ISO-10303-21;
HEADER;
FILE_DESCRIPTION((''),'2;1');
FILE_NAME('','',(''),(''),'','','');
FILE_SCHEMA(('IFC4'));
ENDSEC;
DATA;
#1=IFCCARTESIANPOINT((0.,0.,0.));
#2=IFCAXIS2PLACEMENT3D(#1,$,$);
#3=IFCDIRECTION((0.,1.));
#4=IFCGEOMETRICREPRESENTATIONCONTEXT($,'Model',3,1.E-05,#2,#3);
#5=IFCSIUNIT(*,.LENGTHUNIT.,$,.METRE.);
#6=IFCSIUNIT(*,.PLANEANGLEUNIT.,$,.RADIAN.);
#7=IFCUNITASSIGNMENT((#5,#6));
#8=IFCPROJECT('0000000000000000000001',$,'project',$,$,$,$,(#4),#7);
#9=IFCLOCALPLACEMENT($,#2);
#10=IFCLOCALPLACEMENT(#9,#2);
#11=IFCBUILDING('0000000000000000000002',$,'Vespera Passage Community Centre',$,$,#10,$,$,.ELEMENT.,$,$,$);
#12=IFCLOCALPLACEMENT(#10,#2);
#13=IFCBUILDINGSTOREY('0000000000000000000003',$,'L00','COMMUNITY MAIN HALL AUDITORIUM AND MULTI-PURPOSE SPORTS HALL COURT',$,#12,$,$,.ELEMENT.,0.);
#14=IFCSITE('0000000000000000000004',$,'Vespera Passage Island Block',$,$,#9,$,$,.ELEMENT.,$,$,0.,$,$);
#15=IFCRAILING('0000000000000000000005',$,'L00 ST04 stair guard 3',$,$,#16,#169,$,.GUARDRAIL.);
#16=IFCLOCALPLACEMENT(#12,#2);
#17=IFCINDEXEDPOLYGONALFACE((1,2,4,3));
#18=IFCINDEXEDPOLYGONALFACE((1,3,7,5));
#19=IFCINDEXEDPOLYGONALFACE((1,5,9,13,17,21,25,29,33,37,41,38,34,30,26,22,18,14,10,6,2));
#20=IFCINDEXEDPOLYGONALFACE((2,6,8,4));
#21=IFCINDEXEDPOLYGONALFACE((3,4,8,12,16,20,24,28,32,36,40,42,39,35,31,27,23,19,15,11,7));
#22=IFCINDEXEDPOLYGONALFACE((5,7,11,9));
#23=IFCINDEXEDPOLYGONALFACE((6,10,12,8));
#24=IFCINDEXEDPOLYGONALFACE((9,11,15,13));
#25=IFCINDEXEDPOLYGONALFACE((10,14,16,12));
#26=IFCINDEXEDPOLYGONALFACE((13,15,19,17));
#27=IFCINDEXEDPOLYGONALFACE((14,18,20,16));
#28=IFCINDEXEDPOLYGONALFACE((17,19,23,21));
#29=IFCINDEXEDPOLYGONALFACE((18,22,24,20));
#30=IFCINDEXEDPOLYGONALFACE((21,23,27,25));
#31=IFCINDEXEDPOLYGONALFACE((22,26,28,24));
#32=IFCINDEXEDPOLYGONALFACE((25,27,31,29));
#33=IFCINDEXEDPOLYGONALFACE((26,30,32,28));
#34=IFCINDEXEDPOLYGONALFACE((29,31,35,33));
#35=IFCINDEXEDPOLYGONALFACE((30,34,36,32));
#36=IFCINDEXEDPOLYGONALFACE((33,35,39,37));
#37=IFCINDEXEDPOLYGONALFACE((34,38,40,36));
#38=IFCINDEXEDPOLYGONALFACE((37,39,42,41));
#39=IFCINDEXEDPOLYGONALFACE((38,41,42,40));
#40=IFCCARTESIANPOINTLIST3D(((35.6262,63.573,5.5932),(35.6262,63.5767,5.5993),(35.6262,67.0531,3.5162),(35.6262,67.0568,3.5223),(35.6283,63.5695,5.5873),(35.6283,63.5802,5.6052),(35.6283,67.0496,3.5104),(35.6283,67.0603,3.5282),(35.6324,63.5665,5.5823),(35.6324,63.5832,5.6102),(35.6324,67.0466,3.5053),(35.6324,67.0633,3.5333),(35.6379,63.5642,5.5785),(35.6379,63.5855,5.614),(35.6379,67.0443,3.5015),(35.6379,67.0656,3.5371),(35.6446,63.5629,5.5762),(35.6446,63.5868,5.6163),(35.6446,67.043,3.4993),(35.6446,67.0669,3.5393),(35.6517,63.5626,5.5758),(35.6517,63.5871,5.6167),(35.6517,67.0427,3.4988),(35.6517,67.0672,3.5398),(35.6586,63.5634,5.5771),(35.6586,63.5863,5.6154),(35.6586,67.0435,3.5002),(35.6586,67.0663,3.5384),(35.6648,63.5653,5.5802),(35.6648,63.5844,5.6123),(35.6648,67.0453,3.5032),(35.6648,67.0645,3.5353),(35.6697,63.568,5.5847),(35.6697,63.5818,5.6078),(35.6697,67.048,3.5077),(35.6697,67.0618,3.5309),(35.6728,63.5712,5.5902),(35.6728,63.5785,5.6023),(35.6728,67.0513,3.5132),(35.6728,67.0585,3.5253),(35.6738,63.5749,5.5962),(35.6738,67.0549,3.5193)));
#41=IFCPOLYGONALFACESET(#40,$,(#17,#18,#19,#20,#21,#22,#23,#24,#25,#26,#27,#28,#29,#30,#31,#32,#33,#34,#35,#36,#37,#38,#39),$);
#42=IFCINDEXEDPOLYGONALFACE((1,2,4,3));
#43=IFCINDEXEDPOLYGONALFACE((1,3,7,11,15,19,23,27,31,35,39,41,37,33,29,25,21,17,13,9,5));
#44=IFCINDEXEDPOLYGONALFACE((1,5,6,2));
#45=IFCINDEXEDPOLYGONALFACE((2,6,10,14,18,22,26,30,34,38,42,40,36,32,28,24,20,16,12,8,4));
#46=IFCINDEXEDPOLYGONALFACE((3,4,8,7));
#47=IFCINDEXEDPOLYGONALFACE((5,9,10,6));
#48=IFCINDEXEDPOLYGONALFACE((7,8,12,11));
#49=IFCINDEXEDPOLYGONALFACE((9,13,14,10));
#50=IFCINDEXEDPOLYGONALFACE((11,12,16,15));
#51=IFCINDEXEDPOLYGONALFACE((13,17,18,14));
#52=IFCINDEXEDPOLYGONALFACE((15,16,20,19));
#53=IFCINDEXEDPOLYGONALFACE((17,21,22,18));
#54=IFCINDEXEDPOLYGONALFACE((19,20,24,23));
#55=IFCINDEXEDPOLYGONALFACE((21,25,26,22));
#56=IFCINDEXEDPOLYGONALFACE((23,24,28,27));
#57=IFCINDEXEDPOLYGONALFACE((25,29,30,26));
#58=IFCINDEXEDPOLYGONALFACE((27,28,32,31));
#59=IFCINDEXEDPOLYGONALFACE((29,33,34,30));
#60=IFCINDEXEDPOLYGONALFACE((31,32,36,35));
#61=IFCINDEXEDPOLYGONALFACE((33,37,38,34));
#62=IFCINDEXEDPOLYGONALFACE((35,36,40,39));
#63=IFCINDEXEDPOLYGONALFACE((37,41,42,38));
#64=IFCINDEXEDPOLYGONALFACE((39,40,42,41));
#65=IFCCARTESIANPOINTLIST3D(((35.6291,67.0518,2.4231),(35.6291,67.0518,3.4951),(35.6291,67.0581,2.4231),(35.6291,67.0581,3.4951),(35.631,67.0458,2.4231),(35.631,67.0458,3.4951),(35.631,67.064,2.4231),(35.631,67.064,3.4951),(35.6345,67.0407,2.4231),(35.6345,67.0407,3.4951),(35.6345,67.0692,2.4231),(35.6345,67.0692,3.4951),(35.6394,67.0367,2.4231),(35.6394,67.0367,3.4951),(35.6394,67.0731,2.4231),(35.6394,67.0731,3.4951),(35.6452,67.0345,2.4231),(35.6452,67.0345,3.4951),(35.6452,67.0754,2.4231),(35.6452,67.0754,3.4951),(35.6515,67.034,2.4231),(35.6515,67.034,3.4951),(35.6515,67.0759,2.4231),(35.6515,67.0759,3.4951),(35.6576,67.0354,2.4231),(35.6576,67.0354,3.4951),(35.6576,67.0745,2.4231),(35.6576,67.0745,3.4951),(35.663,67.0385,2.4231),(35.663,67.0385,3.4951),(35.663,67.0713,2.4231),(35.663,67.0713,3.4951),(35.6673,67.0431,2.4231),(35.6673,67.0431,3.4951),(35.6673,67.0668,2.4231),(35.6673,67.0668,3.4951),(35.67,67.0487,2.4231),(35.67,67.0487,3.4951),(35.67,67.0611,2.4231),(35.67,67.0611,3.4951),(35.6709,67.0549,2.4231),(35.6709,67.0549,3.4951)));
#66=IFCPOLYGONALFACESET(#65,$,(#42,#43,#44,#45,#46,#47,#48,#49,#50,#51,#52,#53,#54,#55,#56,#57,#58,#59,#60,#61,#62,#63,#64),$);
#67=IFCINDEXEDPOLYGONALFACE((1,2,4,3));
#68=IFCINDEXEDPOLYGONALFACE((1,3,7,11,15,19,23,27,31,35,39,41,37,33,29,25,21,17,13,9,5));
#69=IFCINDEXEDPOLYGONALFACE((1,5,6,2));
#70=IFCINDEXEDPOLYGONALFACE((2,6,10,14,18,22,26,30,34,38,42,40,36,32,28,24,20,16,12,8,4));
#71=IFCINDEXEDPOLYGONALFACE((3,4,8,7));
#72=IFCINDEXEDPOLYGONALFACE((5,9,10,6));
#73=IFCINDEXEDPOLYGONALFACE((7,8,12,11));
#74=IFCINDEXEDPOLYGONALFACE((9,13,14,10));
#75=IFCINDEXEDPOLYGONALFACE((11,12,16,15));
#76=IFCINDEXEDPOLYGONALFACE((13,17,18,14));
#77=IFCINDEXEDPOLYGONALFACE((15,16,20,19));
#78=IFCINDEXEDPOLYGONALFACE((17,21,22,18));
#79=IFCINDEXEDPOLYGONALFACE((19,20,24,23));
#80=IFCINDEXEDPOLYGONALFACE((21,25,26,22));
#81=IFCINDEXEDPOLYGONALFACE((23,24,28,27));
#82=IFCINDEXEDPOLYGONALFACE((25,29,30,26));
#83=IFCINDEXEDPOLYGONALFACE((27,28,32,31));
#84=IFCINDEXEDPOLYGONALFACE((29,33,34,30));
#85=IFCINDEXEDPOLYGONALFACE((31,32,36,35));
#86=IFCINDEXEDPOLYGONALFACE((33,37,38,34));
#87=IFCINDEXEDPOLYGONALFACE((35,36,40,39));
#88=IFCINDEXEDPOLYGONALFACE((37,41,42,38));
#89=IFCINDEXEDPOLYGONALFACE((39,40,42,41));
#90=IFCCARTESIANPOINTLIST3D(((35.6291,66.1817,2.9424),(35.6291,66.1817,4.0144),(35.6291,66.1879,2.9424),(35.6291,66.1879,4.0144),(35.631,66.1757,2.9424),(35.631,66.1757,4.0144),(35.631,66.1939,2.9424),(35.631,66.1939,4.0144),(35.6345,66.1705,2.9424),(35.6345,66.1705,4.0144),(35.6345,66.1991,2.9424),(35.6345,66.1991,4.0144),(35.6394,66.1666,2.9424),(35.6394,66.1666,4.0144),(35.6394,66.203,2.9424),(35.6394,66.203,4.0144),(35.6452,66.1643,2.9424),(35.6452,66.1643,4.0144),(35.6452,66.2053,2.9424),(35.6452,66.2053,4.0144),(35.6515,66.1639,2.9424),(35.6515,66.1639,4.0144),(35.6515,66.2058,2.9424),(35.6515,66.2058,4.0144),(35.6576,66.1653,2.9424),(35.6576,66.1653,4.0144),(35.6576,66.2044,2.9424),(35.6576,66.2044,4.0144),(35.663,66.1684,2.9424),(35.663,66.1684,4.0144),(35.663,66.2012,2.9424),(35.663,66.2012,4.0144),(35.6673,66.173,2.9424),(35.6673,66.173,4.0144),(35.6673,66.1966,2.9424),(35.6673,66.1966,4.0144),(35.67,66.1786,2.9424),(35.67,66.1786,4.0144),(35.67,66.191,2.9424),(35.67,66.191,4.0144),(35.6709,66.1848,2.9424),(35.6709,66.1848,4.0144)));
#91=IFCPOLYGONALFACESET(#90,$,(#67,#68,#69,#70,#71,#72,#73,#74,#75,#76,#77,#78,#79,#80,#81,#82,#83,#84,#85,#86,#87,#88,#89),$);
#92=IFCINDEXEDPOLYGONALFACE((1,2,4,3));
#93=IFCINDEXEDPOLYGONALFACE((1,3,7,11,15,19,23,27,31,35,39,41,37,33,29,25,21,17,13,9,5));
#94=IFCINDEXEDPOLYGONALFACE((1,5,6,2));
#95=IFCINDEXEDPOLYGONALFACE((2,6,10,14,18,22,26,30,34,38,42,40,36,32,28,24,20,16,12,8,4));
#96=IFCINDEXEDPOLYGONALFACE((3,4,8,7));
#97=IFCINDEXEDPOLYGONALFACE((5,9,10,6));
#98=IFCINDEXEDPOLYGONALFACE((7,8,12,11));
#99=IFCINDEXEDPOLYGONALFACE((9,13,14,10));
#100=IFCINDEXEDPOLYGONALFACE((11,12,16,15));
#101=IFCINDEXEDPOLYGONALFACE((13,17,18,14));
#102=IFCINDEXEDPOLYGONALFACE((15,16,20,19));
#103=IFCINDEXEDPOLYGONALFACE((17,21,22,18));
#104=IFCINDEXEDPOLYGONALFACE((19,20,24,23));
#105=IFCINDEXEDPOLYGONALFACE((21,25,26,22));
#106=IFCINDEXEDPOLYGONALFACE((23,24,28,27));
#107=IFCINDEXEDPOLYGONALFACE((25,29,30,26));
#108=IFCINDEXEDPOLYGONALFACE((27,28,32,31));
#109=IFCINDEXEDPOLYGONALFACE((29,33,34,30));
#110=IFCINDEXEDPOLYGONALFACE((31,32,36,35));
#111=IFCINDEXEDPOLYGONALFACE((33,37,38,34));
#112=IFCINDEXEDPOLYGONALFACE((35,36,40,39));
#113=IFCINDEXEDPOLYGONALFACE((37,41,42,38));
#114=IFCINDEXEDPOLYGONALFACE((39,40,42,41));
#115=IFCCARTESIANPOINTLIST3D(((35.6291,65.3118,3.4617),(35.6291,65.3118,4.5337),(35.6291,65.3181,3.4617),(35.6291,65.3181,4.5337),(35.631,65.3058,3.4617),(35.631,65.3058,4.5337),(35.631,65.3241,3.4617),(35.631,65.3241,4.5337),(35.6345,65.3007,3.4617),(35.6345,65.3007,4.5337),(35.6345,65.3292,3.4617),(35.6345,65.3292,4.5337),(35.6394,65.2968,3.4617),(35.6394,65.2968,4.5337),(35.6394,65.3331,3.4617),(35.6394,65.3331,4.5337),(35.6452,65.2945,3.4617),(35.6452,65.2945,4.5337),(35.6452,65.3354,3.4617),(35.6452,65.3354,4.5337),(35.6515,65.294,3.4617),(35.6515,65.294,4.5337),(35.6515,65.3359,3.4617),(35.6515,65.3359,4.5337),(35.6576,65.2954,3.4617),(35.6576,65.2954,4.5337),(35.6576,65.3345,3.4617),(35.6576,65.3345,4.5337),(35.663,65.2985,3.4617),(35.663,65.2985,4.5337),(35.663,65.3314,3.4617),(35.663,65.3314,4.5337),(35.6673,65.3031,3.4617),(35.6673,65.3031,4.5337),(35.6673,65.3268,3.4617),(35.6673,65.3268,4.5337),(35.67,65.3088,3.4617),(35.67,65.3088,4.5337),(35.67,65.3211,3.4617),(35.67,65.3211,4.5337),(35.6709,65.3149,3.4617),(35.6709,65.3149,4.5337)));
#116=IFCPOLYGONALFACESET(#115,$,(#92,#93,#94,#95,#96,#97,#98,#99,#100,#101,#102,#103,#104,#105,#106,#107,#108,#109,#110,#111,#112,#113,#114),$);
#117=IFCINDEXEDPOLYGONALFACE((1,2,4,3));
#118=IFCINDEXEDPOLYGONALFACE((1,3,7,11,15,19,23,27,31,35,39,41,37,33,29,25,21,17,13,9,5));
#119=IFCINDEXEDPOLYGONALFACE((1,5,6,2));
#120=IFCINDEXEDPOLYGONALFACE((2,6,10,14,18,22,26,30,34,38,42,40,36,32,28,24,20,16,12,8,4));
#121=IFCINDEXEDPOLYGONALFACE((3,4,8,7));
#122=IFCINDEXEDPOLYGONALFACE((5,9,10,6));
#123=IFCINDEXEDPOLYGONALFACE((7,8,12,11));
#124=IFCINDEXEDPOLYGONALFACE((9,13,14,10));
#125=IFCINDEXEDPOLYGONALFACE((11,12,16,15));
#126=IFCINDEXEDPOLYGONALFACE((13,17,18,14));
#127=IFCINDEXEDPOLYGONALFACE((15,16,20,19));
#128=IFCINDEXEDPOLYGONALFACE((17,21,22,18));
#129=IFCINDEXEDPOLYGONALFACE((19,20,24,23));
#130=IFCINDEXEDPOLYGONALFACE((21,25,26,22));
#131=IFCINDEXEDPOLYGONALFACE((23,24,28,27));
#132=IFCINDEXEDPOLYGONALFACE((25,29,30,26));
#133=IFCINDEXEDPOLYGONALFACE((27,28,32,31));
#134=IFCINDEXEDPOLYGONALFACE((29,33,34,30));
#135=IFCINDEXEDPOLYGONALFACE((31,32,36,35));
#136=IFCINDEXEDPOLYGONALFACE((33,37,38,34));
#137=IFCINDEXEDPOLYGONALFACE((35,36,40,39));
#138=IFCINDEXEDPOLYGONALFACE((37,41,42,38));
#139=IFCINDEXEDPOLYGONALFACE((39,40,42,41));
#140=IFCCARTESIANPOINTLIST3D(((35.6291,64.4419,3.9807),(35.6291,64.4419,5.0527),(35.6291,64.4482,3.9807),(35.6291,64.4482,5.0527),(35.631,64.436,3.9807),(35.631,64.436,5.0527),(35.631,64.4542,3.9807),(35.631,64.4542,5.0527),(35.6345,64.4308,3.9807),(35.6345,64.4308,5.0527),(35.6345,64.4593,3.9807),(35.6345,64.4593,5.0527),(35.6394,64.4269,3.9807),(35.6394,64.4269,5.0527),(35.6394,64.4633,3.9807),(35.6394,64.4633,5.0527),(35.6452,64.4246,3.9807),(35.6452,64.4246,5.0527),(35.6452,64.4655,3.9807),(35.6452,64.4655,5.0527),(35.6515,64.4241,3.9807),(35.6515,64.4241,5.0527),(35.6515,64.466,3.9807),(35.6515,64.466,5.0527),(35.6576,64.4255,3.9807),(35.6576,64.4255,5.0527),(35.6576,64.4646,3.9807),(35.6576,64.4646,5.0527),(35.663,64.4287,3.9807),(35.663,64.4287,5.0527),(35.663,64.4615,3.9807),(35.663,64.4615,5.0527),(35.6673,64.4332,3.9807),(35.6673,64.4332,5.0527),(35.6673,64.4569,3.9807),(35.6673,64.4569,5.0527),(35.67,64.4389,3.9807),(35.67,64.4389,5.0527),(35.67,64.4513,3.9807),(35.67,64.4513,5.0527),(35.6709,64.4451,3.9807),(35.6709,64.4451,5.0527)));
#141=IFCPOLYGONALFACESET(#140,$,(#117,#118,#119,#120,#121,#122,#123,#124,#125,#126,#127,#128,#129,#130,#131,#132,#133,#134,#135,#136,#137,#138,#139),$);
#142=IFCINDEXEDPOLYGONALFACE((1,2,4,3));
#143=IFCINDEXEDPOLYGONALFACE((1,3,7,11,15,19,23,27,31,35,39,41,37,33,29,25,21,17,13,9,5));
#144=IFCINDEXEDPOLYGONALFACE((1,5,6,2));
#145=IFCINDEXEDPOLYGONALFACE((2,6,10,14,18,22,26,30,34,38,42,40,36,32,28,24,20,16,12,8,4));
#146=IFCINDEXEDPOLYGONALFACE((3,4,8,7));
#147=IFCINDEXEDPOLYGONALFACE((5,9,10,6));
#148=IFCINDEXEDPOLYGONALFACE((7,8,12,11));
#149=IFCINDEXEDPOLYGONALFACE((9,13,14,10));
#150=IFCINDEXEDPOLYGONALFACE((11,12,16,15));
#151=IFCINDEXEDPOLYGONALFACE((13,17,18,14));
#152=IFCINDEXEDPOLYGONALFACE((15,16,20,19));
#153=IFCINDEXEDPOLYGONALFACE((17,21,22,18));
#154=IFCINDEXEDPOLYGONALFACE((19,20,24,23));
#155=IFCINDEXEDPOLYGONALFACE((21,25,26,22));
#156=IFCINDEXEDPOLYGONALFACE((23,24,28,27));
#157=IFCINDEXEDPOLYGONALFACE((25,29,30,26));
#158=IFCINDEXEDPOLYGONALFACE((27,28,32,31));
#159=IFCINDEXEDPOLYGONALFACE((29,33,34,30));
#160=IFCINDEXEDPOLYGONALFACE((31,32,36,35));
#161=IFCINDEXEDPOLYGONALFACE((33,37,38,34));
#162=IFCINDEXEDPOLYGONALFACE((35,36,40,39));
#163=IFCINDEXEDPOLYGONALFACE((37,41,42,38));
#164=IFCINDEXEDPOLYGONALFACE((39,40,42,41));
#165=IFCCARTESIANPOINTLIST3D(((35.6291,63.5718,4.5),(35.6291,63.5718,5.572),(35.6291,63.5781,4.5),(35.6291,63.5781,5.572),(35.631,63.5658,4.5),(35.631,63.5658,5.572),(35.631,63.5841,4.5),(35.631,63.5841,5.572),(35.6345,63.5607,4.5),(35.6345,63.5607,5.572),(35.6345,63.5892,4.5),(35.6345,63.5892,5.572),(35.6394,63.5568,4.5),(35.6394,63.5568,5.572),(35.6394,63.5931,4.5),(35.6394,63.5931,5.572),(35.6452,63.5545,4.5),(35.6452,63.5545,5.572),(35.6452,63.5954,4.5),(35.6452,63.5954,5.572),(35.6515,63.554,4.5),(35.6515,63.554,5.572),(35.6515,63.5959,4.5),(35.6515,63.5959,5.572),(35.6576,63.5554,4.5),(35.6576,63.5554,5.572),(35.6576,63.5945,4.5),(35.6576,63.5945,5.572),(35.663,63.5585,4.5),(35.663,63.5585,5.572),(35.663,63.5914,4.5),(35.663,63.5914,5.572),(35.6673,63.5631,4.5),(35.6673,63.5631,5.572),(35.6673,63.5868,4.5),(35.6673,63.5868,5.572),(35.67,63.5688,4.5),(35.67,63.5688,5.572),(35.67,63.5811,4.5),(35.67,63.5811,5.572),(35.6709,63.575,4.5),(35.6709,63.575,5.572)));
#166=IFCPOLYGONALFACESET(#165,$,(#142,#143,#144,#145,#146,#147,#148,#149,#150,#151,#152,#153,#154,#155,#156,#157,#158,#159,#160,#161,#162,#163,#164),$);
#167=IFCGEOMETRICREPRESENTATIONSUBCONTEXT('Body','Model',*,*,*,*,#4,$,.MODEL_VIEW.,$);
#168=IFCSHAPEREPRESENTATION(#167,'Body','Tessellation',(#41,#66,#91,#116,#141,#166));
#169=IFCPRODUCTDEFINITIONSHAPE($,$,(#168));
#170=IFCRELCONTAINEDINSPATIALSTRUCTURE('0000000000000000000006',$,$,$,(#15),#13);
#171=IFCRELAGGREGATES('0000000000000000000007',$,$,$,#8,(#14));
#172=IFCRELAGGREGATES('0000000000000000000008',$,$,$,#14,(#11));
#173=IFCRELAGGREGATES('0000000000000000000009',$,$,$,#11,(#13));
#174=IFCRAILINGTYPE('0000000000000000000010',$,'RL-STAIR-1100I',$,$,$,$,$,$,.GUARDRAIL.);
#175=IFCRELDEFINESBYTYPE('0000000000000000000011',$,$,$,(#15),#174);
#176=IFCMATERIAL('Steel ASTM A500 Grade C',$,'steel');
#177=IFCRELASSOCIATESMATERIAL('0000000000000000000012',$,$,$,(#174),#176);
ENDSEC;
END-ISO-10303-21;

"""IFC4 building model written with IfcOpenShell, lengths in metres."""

from ifc_helpers import new_model, si_unit, direction, frame, origin, origin_2d, place, context, subcontext, project, spatial, circle, extrude, material, type_object, element, save


model = new_model("IFC4")

# Units and contexts
model_context = context("Model", 3, precision=1e-05, world=origin(), true_north=direction((0.0, 1.0)))
body_context = subcontext(model_context, "Body", "Model", "MODEL_VIEW")
ifc_project = project(units=[si_unit("LENGTHUNIT", "METRE"), si_unit("PLANEANGLEUNIT", "RADIAN")], contexts=[model_context])

# Site, building, storey
site_placement = place(None, origin())
site = spatial("IfcSite", under=ifc_project, at=site_placement, Name="Vespera Passage Island Block", CompositionType="ELEMENT", RefElevation=0.0)
building_placement = place(site_placement, origin())
building = spatial("IfcBuilding", under=site, at=building_placement, Name="Vespera Passage Community Centre", CompositionType="ELEMENT")
storey_placement = place(building_placement, origin())
storey = spatial("IfcBuildingStorey", under=building, at=storey_placement, Name="L00", Description="COMMUNITY MAIN HALL AUDITORIUM AND MULTI-PURPOSE SPORTS HALL COURT", CompositionType="ELEMENT", Elevation=0.0)

# Railing
ifc_material_1 = material(Name="Steel ASTM A500 Grade C", Category="steel")
railing_type_1 = type_object("IfcRailingType", Name="RL-STAIR-1100I", PredefinedType="GUARDRAIL", material=ifc_material_1)
railing_1_placement = place(storey_placement, frame((35.6499, 67.0549, 2.4231)))
element("IfcRailing", 1, at=railing_1_placement, inside=storey, type_object=railing_type_1, Name="L00 ST04 stair guard 3", PredefinedType="GUARDRAIL", context=body_context, shape_type="SweptSolid", body=[
    extrude(circle(Radius=0.0239, at=origin_2d()), frame((0.0, 0.0, 1.0962), z_axis=(0.0, -0.858697, 0.512483), x_axis=(1.0, 0.0, 0.0)), (0.0, 0.0, 1.0), 4.0527),
    extrude(circle(Radius=0.021, at=origin_2d()), origin(), (0.0, 0.0, 1.0), 1.072),
    extrude(circle(Radius=0.021, at=origin_2d()), frame((0.0, -0.8701, 0.5193)), (0.0, 0.0, 1.0), 1.072),
    extrude(circle(Radius=0.021, at=origin_2d()), frame((0.0, -1.74, 1.0386)), (0.0, 0.0, 1.0), 1.072),
    extrude(circle(Radius=0.021, at=origin_2d()), frame((0.0, -2.6099, 1.5576)), (0.0, 0.0, 1.0), 1.072),
    extrude(circle(Radius=0.021, at=origin_2d()), frame((0.0, -3.48, 2.0769)), (0.0, 0.0, 1.0), 1.072),
])

save(model, "model.ifc")
